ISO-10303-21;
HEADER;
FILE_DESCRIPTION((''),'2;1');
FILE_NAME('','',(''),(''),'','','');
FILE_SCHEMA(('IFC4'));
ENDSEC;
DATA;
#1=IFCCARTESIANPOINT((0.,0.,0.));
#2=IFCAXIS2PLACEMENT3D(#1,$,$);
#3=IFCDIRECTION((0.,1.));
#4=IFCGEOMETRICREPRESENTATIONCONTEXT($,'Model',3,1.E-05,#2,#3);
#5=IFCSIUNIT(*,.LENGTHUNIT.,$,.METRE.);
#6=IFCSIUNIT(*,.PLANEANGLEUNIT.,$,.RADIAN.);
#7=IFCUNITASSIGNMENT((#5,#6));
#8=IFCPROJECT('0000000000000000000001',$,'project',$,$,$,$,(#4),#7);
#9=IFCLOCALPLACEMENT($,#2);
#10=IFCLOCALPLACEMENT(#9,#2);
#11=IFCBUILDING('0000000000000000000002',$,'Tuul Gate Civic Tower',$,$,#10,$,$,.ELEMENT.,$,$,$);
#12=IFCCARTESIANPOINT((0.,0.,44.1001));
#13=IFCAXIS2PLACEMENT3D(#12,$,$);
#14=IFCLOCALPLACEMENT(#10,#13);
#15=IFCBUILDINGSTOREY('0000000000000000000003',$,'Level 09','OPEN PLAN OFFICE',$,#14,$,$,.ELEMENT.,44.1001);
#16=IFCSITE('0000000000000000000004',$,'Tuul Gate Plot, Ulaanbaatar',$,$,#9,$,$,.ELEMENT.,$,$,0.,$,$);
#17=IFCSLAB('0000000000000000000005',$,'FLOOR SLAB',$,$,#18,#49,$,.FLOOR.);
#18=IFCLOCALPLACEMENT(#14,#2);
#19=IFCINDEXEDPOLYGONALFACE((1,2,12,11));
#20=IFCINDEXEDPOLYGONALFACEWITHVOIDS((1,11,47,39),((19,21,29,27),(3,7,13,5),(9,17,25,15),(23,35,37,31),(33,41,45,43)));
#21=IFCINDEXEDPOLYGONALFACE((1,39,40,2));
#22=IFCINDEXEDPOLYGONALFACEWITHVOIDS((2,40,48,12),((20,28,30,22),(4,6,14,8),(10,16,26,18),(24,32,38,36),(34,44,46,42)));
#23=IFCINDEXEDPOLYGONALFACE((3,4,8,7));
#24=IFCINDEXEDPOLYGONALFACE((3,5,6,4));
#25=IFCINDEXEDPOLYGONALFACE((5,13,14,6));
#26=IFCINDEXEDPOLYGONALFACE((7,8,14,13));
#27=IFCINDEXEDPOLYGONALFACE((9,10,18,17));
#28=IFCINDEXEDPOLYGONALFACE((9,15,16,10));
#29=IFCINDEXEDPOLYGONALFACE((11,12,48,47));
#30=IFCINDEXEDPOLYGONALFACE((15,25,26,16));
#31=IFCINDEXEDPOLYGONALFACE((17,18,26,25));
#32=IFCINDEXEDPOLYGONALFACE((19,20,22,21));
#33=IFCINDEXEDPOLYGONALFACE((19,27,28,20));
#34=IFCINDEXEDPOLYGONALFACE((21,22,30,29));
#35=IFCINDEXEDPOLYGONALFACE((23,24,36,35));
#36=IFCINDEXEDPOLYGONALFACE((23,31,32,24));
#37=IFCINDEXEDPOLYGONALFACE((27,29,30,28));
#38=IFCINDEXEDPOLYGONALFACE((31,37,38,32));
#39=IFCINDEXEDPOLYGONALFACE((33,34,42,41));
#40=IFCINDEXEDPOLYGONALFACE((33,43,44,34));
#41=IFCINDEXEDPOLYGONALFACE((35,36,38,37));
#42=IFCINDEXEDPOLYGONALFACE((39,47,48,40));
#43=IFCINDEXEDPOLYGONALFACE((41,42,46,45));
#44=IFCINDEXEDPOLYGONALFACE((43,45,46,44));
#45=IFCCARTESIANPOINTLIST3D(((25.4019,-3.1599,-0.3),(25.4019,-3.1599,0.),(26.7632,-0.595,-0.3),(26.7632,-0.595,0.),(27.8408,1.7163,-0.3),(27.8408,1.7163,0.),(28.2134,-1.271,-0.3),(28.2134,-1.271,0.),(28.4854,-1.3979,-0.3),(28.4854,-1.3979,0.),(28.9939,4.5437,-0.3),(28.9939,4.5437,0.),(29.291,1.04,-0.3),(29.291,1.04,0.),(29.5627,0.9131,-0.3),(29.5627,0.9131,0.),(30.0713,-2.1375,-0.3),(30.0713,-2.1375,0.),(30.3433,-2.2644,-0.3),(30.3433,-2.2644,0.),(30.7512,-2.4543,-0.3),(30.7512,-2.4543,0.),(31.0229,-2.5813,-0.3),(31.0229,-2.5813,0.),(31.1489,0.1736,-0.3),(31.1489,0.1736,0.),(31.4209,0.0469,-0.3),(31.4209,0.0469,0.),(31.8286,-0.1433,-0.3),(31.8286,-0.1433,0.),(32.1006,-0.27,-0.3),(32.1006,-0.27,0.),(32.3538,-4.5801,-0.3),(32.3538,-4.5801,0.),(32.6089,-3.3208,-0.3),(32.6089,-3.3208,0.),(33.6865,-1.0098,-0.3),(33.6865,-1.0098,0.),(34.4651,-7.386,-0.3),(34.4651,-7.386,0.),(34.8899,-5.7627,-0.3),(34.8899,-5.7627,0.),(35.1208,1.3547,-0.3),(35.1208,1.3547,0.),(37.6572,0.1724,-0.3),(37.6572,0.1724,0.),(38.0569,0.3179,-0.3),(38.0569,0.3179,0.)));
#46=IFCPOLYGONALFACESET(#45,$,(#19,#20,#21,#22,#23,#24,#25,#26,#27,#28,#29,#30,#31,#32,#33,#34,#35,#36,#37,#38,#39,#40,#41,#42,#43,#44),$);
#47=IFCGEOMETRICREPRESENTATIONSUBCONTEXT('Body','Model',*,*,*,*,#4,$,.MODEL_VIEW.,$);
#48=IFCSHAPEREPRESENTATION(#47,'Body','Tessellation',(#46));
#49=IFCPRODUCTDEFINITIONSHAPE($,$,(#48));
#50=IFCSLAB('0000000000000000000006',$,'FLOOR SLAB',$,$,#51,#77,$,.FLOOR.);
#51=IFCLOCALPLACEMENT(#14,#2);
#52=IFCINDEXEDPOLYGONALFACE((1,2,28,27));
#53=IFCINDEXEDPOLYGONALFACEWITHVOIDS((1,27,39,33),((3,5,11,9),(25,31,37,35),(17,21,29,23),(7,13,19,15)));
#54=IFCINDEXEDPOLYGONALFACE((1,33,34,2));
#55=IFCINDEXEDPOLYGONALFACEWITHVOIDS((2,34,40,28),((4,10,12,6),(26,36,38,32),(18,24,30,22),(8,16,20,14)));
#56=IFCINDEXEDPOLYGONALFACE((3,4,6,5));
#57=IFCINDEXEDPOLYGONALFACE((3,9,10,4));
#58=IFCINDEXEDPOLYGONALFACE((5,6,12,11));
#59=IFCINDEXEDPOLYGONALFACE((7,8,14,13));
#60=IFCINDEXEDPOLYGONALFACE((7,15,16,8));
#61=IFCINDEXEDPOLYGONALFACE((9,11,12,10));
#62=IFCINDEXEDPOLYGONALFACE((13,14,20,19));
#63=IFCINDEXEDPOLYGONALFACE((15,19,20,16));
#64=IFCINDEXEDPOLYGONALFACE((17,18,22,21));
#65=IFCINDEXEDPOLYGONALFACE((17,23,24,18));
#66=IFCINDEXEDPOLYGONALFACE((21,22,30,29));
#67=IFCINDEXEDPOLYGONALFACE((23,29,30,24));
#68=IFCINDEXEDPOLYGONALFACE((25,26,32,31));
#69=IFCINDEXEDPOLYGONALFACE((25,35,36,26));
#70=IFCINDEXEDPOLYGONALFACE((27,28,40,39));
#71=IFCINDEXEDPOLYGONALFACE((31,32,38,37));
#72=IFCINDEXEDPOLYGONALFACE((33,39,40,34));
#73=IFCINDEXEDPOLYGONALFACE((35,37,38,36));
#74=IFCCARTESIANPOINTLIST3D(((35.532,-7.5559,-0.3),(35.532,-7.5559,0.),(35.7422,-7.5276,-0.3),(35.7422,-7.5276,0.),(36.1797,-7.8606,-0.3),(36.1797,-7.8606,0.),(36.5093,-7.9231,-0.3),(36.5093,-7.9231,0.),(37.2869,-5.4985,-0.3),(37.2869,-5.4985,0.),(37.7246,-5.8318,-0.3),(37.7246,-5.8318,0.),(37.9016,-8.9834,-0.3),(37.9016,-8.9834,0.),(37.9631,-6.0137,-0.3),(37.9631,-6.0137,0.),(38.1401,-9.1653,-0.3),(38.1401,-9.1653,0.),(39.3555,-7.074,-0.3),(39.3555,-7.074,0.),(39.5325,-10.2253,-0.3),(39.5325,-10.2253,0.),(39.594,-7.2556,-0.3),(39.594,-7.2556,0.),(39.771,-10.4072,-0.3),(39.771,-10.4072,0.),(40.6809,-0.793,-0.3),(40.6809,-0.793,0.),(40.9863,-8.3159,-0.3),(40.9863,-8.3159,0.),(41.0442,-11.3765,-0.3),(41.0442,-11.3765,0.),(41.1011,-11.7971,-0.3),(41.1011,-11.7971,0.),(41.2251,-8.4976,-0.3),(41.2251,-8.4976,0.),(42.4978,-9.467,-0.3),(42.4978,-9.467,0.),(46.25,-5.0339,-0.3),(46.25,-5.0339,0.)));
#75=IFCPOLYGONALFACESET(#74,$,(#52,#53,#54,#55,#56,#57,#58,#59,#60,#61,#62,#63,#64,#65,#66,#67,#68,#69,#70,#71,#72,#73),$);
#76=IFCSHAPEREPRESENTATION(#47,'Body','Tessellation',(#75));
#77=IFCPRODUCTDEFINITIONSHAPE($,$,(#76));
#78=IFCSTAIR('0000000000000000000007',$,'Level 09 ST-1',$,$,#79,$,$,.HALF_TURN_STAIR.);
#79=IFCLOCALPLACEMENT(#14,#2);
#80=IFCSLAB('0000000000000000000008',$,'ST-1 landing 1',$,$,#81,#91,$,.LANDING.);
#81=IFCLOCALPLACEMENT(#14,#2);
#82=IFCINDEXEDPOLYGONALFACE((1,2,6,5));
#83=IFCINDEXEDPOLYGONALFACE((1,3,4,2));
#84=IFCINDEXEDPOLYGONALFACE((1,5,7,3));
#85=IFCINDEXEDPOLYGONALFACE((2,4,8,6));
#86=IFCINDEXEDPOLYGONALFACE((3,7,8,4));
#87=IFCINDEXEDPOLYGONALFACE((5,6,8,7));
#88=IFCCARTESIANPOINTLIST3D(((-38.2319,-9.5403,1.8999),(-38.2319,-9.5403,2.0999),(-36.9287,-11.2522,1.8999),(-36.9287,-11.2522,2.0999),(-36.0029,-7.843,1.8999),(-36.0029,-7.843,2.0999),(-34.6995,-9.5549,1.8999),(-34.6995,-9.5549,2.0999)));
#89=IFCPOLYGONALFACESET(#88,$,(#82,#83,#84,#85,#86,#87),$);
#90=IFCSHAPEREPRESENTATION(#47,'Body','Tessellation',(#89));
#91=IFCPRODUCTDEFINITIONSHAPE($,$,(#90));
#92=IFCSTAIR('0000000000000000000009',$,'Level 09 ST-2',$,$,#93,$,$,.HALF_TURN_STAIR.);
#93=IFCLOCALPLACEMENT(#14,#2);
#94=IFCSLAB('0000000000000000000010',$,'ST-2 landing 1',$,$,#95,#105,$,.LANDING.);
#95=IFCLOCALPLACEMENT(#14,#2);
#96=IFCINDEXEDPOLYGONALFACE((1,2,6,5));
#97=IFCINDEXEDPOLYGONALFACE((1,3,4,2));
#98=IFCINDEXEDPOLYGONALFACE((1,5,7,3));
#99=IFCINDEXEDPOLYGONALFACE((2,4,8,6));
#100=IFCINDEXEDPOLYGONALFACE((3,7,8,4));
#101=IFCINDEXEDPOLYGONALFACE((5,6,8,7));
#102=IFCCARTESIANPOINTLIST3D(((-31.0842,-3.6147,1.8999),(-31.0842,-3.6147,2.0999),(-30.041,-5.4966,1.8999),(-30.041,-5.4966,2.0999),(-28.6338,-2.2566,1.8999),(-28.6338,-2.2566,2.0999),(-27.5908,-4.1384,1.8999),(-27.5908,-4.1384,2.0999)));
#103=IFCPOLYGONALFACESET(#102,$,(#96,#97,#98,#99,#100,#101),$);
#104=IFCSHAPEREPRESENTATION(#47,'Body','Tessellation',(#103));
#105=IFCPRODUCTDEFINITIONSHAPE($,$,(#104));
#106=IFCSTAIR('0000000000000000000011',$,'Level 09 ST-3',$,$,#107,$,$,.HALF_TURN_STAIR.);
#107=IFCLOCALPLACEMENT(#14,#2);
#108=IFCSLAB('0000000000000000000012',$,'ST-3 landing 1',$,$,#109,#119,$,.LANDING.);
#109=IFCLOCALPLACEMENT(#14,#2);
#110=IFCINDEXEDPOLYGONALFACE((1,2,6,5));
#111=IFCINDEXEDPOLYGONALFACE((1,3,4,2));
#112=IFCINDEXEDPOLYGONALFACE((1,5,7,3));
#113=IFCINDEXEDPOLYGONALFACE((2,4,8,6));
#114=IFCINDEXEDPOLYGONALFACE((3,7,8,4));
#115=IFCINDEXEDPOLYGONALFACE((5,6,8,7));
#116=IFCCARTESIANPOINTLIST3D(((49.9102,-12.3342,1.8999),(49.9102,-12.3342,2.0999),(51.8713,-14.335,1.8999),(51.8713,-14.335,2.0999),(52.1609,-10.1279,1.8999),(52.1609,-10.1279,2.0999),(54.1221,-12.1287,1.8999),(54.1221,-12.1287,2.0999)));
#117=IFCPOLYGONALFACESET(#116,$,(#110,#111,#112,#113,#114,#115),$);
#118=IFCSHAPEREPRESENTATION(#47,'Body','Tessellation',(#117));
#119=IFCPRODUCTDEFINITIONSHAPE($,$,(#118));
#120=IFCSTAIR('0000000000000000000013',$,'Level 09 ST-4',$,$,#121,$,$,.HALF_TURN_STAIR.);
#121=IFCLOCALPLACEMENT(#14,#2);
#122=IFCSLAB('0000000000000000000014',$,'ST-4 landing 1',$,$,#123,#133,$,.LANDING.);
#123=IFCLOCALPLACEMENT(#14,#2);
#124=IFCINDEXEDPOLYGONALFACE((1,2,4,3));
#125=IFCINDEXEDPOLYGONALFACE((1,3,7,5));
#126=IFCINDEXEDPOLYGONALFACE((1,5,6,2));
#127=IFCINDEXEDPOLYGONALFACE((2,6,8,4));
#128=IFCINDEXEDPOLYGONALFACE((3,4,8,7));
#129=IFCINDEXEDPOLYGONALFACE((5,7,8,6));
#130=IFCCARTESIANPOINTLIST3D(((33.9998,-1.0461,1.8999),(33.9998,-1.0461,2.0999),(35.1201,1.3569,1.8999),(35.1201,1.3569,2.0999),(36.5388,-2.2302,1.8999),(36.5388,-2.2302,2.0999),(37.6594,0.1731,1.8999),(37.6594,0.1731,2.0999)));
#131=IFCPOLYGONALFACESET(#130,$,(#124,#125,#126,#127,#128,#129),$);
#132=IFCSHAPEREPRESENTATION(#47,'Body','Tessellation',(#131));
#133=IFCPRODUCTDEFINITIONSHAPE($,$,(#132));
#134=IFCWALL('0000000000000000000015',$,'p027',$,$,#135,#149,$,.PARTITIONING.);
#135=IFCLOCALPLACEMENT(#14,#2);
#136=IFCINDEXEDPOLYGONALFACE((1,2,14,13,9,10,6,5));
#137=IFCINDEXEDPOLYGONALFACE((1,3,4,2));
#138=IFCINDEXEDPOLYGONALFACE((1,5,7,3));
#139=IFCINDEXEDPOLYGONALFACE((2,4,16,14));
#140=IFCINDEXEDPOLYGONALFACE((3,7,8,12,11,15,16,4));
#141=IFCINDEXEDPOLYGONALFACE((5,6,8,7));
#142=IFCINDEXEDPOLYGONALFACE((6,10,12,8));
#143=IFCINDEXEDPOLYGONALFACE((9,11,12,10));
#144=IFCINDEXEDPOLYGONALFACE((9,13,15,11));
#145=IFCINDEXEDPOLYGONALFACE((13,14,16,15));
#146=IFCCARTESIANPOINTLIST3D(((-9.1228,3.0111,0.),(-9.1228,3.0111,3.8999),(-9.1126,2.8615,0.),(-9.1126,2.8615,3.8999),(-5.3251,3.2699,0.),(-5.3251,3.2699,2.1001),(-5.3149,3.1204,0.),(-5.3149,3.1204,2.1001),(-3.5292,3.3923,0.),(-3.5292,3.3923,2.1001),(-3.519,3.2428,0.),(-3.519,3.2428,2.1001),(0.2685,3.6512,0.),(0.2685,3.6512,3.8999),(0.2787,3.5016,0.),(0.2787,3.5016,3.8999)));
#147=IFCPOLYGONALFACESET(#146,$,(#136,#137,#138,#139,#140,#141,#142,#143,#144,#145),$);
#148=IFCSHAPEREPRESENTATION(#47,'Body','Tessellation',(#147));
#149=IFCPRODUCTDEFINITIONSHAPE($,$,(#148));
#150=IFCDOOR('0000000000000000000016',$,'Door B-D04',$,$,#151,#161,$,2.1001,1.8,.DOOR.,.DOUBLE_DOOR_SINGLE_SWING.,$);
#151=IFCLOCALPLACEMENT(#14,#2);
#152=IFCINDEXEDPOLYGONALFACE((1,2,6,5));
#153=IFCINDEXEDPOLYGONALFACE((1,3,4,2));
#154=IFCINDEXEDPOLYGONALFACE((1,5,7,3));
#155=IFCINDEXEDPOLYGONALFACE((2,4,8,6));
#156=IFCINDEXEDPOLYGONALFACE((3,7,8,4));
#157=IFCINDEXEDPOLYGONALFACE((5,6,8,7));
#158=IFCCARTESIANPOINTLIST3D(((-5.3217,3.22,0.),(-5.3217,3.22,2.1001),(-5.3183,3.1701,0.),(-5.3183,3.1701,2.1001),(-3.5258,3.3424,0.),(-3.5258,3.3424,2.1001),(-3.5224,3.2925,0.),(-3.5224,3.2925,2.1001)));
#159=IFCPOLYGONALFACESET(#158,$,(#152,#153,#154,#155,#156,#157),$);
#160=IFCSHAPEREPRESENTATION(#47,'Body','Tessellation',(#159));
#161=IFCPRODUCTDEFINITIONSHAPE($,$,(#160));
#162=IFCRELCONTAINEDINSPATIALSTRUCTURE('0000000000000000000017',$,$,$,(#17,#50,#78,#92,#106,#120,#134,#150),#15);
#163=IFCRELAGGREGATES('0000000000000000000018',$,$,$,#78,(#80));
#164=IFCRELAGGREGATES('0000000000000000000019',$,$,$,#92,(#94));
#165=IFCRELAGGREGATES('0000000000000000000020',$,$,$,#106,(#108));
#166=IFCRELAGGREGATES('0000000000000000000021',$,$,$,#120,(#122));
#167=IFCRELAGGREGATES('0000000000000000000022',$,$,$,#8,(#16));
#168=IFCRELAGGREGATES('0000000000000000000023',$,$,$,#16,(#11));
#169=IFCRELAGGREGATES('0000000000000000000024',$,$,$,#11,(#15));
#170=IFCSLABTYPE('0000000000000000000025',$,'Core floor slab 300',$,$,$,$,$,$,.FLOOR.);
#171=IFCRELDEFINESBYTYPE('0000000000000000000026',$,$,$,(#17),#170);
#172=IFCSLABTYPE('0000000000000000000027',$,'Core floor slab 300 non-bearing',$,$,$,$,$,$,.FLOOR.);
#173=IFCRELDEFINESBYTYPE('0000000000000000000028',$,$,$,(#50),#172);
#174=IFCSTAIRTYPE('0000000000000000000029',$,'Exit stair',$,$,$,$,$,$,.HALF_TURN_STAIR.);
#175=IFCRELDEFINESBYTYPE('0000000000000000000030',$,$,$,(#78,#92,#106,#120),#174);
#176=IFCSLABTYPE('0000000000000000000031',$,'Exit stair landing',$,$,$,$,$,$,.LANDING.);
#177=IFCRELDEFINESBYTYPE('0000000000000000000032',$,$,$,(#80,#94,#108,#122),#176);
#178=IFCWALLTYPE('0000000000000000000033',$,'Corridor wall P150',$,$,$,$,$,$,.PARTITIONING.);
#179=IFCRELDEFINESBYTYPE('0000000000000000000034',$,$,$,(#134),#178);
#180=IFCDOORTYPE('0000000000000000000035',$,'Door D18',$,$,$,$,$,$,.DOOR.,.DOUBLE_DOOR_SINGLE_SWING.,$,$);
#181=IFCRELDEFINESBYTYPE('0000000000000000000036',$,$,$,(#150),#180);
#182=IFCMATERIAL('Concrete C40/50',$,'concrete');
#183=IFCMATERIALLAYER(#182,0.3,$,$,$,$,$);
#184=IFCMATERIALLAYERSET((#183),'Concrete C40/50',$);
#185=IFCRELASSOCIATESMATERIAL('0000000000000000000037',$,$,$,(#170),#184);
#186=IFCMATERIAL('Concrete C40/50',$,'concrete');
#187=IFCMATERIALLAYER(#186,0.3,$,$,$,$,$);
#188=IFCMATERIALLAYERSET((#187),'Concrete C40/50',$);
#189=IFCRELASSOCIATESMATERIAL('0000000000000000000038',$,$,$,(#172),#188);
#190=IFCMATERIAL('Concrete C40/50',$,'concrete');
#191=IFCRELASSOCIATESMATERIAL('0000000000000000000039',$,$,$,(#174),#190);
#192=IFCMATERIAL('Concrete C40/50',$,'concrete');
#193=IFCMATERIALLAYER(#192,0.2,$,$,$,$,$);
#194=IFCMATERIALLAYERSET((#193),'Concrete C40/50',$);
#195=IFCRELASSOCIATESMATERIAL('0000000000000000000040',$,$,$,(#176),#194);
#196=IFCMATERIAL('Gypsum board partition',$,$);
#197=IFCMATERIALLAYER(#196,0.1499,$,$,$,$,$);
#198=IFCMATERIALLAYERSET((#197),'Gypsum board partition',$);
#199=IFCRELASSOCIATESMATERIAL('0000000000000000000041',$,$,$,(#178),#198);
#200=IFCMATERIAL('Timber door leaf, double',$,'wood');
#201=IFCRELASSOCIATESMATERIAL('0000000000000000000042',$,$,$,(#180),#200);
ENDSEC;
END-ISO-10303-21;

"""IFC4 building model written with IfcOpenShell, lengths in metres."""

from ifc_helpers import new_model, si_unit, direction, frame, frame_2d, origin, place, context, subcontext, project, spatial, polyline, rectangle, outline, extrude, material, layer, layer_set, type_object, element, fill, aggregate, save


model = new_model("IFC4")

# Units and contexts
model_context = context("Model", 3, precision=1e-05, world=origin(), true_north=direction((0.0, 1.0)))
body_context = subcontext(model_context, "Body", "Model", "MODEL_VIEW")
ifc_project = project(units=[si_unit("LENGTHUNIT", "METRE"), si_unit("PLANEANGLEUNIT", "RADIAN")], contexts=[model_context])

# Site, building, storey
site_placement = place(None, origin())
site = spatial("IfcSite", under=ifc_project, at=site_placement, Name="Tuul Gate Plot, Ulaanbaatar", CompositionType="ELEMENT", RefElevation=0.0)
building_placement = place(site_placement, origin())
building = spatial("IfcBuilding", under=site, at=building_placement, Name="Tuul Gate Civic Tower", CompositionType="ELEMENT")
storey_placement = place(building_placement, frame((0.0, 0.0, 44.1001)))
storey = spatial("IfcBuildingStorey", under=building, at=storey_placement, Name="Level 09", Description="OPEN PLAN OFFICE", CompositionType="ELEMENT", Elevation=44.1001)

# Slabs
ifc_material_1 = material(Name="Concrete C40/50", Category="concrete")
ifc_layer_1 = layer(ifc_material_1, 0.3)
ifc_layer_set_1 = layer_set([ifc_layer_1], Name="Concrete C40/50")
slab_type_1 = type_object("IfcSlabType", Name="Core floor slab 300", PredefinedType="FLOOR", material=ifc_layer_set_1)
slab_1_placement = place(storey_placement, frame((0.0, 0.0, -0.3)))
element("IfcSlab", 1, at=slab_1_placement, inside=storey, type_object=slab_type_1, Name="FLOOR SLAB", PredefinedType="FLOOR", context=body_context, shape_type="SweptSolid", body=[
    extrude(outline(polyline([(34.4651, -7.386), (38.0569, 0.3179), (28.9939, 4.5437), (25.4019, -3.1599), (34.4651, -7.386)]), holes=[polyline([(32.6089, -3.3208), (33.6865, -1.0098), (32.1006, -0.27), (31.0229, -2.5813), (32.6089, -3.3208)]), polyline([(30.0713, -2.1375), (31.1489, 0.1736), (29.5627, 0.9131), (28.4854, -1.3979), (30.0713, -2.1375)]), polyline([(30.7512, -2.4543), (31.8286, -0.1433), (31.4209, 0.0469), (30.3433, -2.2644), (30.7512, -2.4543)]), polyline([(28.2134, -1.271), (29.291, 1.04), (27.8408, 1.7163), (26.7632, -0.595), (28.2134, -1.271)]), polyline([(34.8899, -5.7627), (32.3538, -4.5801), (35.1208, 1.3547), (37.6572, 0.1724), (34.8899, -5.7627)])]), origin(), (0.0, 0.0, 1.0), 0.3),
])
ifc_material_2 = material(Name="Concrete C40/50", Category="concrete")
ifc_layer_2 = layer(ifc_material_2, 0.3)
ifc_layer_set_2 = layer_set([ifc_layer_2], Name="Concrete C40/50")
slab_type_2 = type_object("IfcSlabType", Name="Core floor slab 300 non-bearing", PredefinedType="FLOOR", material=ifc_layer_set_2)
slab_2_placement = place(storey_placement, frame((0.0, 0.0, -0.3)))
element("IfcSlab", 2, at=slab_2_placement, inside=storey, type_object=slab_type_2, Name="FLOOR SLAB", PredefinedType="FLOOR", context=body_context, shape_type="SweptSolid", body=[
    extrude(outline(polyline([(41.1011, -11.7971), (46.25, -5.0339), (40.6809, -0.793), (35.532, -7.5559), (41.1011, -11.7971)]), holes=[polyline([(41.0442, -11.3765), (42.4978, -9.467), (41.2251, -8.4976), (39.771, -10.4072), (41.0442, -11.3765)]), polyline([(39.5325, -10.2253), (40.9863, -8.3159), (39.594, -7.2556), (38.1401, -9.1653), (39.5325, -10.2253)]), polyline([(37.9016, -8.9834), (39.3555, -7.074), (37.9631, -6.0137), (36.5093, -7.9231), (37.9016, -8.9834)]), polyline([(36.1797, -7.8606), (37.7246, -5.8318), (37.2869, -5.4985), (35.7422, -7.5276), (36.1797, -7.8606)])]), origin(), (0.0, 0.0, 1.0), 0.3),
])

# Stairs, slabs
ifc_material_3 = material(Name="Concrete C40/50", Category="concrete")
stair_type = type_object("IfcStairType", Name="Exit stair", PredefinedType="HALF_TURN_STAIR", material=ifc_material_3)
stair_1_placement = place(storey_placement, origin())
stair_1 = element("IfcStair", 3, at=stair_1_placement, inside=storey, type_object=stair_type, Name="Level 09 ST-1", PredefinedType="HALF_TURN_STAIR")
ifc_material_4 = material(Name="Concrete C40/50", Category="concrete")
ifc_layer_3 = layer(ifc_material_4, 0.2)
ifc_layer_set_3 = layer_set([ifc_layer_3], Name="Concrete C40/50")
slab_type_3 = type_object("IfcSlabType", Name="Exit stair landing", PredefinedType="LANDING", material=ifc_layer_set_3)
slab_3_placement = place(storey_placement, frame((0.0, 0.0, 1.8999)))
slab_3 = element("IfcSlab", 4, at=slab_3_placement, type_object=slab_type_3, Name="ST-1 landing 1", PredefinedType="LANDING", context=body_context, shape_type="SweptSolid", body=[
    extrude(outline(polyline([(-34.6995, -9.5549), (-36.9287, -11.2522), (-38.2319, -9.5403), (-36.0029, -7.843), (-34.6995, -9.5549)])), origin(), (0.0, 0.0, 1.0), 0.2),
])
aggregate(stair_1, [slab_3])
stair_2_placement = place(storey_placement, origin())
stair_2 = element("IfcStair", 5, at=stair_2_placement, inside=storey, type_object=stair_type, Name="Level 09 ST-2", PredefinedType="HALF_TURN_STAIR")
slab_4_placement = place(storey_placement, frame((0.0, 0.0, 1.8999)))
slab_4 = element("IfcSlab", 6, at=slab_4_placement, type_object=slab_type_3, Name="ST-2 landing 1", PredefinedType="LANDING", context=body_context, shape_type="SweptSolid", body=[
    extrude(outline(polyline([(-27.5908, -4.1384), (-30.041, -5.4966), (-31.0842, -3.6147), (-28.6338, -2.2566), (-27.5908, -4.1384)])), origin(), (0.0, 0.0, 1.0), 0.2),
])
aggregate(stair_2, [slab_4])
stair_3_placement = place(storey_placement, origin())
stair_3 = element("IfcStair", 7, at=stair_3_placement, inside=storey, type_object=stair_type, Name="Level 09 ST-3", PredefinedType="HALF_TURN_STAIR")
slab_5_placement = place(storey_placement, frame((0.0, 0.0, 1.8999)))
slab_5 = element("IfcSlab", 8, at=slab_5_placement, type_object=slab_type_3, Name="ST-3 landing 1", PredefinedType="LANDING", context=body_context, shape_type="SweptSolid", body=[
    extrude(outline(polyline([(51.8713, -14.335), (49.9102, -12.3342), (52.1609, -10.1279), (54.1221, -12.1287), (51.8713, -14.335)])), origin(), (0.0, 0.0, 1.0), 0.2),
])
aggregate(stair_3, [slab_5])
stair_4_placement = place(storey_placement, origin())
stair_4 = element("IfcStair", 9, at=stair_4_placement, inside=storey, type_object=stair_type, Name="Level 09 ST-4", PredefinedType="HALF_TURN_STAIR")
slab_6_placement = place(storey_placement, frame((0.0, 0.0, 1.8999)))
slab_6 = element("IfcSlab", 10, at=slab_6_placement, type_object=slab_type_3, Name="ST-4 landing 1", PredefinedType="LANDING", context=body_context, shape_type="SweptSolid", body=[
    extrude(outline(polyline([(36.5388, -2.2302), (33.9998, -1.0461), (35.1201, 1.3569), (37.6594, 0.1731), (36.5388, -2.2302)])), origin(), (0.0, 0.0, 1.0), 0.2),
])
aggregate(stair_4, [slab_6])

# Wall, opening, door
ifc_material_5 = material(Name="Gypsum board partition")
ifc_layer_4 = layer(ifc_material_5, 0.1499)
ifc_layer_set_4 = layer_set([ifc_layer_4], Name="Gypsum board partition")
wall_type_1 = type_object("IfcWallType", Name="Corridor wall P150", PredefinedType="PARTITIONING", material=ifc_layer_set_4)
wall_1_placement = place(storey_placement, frame((-9.1177, 2.9363, 0.0), z_axis=(0.0, 0.0, 1.0), x_axis=(0.997685, 0.068005, 0.0)))
wall_1 = element("IfcWall", 11, at=wall_1_placement, inside=storey, type_object=wall_type_1, Name="p027", PredefinedType="PARTITIONING", context=body_context, shape_type="SweptSolid", body=[
    extrude(rectangle(XDim=9.4131, YDim=0.1499, at=frame_2d((4.7065, 0.0))), origin(), (0.0, 0.0, 1.0), 3.8999),
])
opening_1_placement = place(wall_1_placement, frame((3.8066, 0.0, 0.0)))
opening_1 = element("IfcOpeningElement", 12, at=opening_1_placement, cuts=wall_1, PredefinedType="OPENING", context=body_context, shape_type="SweptSolid", body=[
    extrude(rectangle(XDim=1.8, YDim=2.1001, at=frame_2d((0.8999, 1.05))), frame((0.0, 0.085, 0.0), z_axis=(0.0, -1.0, 0.0), x_axis=(1.0, 0.0, 0.0)), (0.0, 0.0, 1.0), 0.1699),
])
ifc_material_6 = material(Name="Timber door leaf, double", Category="wood")
door_type = type_object("IfcDoorType", Name="Door D18", OperationType="DOUBLE_DOOR_SINGLE_SWING", PredefinedType="DOOR", material=ifc_material_6)
door_1_placement = place(opening_1_placement, origin())
door_1 = element("IfcDoor", 13, at=door_1_placement, inside=storey, type_object=door_type, Name="Door B-D04", OperationType="DOUBLE_DOOR_SINGLE_SWING", OverallHeight=2.1001, OverallWidth=1.8, PredefinedType="DOOR", context=body_context, shape_type="SweptSolid", body=[
    extrude(rectangle(XDim=1.8, YDim=2.1001, at=frame_2d((0.8999, 1.05))), frame((0.0, 0.0249, 0.0), z_axis=(0.0, -1.0, 0.0), x_axis=(1.0, 0.0, 0.0)), (0.0, 0.0, 1.0), 0.05),
])
fill(opening_1, door_1)

save(model, "model.ifc")
